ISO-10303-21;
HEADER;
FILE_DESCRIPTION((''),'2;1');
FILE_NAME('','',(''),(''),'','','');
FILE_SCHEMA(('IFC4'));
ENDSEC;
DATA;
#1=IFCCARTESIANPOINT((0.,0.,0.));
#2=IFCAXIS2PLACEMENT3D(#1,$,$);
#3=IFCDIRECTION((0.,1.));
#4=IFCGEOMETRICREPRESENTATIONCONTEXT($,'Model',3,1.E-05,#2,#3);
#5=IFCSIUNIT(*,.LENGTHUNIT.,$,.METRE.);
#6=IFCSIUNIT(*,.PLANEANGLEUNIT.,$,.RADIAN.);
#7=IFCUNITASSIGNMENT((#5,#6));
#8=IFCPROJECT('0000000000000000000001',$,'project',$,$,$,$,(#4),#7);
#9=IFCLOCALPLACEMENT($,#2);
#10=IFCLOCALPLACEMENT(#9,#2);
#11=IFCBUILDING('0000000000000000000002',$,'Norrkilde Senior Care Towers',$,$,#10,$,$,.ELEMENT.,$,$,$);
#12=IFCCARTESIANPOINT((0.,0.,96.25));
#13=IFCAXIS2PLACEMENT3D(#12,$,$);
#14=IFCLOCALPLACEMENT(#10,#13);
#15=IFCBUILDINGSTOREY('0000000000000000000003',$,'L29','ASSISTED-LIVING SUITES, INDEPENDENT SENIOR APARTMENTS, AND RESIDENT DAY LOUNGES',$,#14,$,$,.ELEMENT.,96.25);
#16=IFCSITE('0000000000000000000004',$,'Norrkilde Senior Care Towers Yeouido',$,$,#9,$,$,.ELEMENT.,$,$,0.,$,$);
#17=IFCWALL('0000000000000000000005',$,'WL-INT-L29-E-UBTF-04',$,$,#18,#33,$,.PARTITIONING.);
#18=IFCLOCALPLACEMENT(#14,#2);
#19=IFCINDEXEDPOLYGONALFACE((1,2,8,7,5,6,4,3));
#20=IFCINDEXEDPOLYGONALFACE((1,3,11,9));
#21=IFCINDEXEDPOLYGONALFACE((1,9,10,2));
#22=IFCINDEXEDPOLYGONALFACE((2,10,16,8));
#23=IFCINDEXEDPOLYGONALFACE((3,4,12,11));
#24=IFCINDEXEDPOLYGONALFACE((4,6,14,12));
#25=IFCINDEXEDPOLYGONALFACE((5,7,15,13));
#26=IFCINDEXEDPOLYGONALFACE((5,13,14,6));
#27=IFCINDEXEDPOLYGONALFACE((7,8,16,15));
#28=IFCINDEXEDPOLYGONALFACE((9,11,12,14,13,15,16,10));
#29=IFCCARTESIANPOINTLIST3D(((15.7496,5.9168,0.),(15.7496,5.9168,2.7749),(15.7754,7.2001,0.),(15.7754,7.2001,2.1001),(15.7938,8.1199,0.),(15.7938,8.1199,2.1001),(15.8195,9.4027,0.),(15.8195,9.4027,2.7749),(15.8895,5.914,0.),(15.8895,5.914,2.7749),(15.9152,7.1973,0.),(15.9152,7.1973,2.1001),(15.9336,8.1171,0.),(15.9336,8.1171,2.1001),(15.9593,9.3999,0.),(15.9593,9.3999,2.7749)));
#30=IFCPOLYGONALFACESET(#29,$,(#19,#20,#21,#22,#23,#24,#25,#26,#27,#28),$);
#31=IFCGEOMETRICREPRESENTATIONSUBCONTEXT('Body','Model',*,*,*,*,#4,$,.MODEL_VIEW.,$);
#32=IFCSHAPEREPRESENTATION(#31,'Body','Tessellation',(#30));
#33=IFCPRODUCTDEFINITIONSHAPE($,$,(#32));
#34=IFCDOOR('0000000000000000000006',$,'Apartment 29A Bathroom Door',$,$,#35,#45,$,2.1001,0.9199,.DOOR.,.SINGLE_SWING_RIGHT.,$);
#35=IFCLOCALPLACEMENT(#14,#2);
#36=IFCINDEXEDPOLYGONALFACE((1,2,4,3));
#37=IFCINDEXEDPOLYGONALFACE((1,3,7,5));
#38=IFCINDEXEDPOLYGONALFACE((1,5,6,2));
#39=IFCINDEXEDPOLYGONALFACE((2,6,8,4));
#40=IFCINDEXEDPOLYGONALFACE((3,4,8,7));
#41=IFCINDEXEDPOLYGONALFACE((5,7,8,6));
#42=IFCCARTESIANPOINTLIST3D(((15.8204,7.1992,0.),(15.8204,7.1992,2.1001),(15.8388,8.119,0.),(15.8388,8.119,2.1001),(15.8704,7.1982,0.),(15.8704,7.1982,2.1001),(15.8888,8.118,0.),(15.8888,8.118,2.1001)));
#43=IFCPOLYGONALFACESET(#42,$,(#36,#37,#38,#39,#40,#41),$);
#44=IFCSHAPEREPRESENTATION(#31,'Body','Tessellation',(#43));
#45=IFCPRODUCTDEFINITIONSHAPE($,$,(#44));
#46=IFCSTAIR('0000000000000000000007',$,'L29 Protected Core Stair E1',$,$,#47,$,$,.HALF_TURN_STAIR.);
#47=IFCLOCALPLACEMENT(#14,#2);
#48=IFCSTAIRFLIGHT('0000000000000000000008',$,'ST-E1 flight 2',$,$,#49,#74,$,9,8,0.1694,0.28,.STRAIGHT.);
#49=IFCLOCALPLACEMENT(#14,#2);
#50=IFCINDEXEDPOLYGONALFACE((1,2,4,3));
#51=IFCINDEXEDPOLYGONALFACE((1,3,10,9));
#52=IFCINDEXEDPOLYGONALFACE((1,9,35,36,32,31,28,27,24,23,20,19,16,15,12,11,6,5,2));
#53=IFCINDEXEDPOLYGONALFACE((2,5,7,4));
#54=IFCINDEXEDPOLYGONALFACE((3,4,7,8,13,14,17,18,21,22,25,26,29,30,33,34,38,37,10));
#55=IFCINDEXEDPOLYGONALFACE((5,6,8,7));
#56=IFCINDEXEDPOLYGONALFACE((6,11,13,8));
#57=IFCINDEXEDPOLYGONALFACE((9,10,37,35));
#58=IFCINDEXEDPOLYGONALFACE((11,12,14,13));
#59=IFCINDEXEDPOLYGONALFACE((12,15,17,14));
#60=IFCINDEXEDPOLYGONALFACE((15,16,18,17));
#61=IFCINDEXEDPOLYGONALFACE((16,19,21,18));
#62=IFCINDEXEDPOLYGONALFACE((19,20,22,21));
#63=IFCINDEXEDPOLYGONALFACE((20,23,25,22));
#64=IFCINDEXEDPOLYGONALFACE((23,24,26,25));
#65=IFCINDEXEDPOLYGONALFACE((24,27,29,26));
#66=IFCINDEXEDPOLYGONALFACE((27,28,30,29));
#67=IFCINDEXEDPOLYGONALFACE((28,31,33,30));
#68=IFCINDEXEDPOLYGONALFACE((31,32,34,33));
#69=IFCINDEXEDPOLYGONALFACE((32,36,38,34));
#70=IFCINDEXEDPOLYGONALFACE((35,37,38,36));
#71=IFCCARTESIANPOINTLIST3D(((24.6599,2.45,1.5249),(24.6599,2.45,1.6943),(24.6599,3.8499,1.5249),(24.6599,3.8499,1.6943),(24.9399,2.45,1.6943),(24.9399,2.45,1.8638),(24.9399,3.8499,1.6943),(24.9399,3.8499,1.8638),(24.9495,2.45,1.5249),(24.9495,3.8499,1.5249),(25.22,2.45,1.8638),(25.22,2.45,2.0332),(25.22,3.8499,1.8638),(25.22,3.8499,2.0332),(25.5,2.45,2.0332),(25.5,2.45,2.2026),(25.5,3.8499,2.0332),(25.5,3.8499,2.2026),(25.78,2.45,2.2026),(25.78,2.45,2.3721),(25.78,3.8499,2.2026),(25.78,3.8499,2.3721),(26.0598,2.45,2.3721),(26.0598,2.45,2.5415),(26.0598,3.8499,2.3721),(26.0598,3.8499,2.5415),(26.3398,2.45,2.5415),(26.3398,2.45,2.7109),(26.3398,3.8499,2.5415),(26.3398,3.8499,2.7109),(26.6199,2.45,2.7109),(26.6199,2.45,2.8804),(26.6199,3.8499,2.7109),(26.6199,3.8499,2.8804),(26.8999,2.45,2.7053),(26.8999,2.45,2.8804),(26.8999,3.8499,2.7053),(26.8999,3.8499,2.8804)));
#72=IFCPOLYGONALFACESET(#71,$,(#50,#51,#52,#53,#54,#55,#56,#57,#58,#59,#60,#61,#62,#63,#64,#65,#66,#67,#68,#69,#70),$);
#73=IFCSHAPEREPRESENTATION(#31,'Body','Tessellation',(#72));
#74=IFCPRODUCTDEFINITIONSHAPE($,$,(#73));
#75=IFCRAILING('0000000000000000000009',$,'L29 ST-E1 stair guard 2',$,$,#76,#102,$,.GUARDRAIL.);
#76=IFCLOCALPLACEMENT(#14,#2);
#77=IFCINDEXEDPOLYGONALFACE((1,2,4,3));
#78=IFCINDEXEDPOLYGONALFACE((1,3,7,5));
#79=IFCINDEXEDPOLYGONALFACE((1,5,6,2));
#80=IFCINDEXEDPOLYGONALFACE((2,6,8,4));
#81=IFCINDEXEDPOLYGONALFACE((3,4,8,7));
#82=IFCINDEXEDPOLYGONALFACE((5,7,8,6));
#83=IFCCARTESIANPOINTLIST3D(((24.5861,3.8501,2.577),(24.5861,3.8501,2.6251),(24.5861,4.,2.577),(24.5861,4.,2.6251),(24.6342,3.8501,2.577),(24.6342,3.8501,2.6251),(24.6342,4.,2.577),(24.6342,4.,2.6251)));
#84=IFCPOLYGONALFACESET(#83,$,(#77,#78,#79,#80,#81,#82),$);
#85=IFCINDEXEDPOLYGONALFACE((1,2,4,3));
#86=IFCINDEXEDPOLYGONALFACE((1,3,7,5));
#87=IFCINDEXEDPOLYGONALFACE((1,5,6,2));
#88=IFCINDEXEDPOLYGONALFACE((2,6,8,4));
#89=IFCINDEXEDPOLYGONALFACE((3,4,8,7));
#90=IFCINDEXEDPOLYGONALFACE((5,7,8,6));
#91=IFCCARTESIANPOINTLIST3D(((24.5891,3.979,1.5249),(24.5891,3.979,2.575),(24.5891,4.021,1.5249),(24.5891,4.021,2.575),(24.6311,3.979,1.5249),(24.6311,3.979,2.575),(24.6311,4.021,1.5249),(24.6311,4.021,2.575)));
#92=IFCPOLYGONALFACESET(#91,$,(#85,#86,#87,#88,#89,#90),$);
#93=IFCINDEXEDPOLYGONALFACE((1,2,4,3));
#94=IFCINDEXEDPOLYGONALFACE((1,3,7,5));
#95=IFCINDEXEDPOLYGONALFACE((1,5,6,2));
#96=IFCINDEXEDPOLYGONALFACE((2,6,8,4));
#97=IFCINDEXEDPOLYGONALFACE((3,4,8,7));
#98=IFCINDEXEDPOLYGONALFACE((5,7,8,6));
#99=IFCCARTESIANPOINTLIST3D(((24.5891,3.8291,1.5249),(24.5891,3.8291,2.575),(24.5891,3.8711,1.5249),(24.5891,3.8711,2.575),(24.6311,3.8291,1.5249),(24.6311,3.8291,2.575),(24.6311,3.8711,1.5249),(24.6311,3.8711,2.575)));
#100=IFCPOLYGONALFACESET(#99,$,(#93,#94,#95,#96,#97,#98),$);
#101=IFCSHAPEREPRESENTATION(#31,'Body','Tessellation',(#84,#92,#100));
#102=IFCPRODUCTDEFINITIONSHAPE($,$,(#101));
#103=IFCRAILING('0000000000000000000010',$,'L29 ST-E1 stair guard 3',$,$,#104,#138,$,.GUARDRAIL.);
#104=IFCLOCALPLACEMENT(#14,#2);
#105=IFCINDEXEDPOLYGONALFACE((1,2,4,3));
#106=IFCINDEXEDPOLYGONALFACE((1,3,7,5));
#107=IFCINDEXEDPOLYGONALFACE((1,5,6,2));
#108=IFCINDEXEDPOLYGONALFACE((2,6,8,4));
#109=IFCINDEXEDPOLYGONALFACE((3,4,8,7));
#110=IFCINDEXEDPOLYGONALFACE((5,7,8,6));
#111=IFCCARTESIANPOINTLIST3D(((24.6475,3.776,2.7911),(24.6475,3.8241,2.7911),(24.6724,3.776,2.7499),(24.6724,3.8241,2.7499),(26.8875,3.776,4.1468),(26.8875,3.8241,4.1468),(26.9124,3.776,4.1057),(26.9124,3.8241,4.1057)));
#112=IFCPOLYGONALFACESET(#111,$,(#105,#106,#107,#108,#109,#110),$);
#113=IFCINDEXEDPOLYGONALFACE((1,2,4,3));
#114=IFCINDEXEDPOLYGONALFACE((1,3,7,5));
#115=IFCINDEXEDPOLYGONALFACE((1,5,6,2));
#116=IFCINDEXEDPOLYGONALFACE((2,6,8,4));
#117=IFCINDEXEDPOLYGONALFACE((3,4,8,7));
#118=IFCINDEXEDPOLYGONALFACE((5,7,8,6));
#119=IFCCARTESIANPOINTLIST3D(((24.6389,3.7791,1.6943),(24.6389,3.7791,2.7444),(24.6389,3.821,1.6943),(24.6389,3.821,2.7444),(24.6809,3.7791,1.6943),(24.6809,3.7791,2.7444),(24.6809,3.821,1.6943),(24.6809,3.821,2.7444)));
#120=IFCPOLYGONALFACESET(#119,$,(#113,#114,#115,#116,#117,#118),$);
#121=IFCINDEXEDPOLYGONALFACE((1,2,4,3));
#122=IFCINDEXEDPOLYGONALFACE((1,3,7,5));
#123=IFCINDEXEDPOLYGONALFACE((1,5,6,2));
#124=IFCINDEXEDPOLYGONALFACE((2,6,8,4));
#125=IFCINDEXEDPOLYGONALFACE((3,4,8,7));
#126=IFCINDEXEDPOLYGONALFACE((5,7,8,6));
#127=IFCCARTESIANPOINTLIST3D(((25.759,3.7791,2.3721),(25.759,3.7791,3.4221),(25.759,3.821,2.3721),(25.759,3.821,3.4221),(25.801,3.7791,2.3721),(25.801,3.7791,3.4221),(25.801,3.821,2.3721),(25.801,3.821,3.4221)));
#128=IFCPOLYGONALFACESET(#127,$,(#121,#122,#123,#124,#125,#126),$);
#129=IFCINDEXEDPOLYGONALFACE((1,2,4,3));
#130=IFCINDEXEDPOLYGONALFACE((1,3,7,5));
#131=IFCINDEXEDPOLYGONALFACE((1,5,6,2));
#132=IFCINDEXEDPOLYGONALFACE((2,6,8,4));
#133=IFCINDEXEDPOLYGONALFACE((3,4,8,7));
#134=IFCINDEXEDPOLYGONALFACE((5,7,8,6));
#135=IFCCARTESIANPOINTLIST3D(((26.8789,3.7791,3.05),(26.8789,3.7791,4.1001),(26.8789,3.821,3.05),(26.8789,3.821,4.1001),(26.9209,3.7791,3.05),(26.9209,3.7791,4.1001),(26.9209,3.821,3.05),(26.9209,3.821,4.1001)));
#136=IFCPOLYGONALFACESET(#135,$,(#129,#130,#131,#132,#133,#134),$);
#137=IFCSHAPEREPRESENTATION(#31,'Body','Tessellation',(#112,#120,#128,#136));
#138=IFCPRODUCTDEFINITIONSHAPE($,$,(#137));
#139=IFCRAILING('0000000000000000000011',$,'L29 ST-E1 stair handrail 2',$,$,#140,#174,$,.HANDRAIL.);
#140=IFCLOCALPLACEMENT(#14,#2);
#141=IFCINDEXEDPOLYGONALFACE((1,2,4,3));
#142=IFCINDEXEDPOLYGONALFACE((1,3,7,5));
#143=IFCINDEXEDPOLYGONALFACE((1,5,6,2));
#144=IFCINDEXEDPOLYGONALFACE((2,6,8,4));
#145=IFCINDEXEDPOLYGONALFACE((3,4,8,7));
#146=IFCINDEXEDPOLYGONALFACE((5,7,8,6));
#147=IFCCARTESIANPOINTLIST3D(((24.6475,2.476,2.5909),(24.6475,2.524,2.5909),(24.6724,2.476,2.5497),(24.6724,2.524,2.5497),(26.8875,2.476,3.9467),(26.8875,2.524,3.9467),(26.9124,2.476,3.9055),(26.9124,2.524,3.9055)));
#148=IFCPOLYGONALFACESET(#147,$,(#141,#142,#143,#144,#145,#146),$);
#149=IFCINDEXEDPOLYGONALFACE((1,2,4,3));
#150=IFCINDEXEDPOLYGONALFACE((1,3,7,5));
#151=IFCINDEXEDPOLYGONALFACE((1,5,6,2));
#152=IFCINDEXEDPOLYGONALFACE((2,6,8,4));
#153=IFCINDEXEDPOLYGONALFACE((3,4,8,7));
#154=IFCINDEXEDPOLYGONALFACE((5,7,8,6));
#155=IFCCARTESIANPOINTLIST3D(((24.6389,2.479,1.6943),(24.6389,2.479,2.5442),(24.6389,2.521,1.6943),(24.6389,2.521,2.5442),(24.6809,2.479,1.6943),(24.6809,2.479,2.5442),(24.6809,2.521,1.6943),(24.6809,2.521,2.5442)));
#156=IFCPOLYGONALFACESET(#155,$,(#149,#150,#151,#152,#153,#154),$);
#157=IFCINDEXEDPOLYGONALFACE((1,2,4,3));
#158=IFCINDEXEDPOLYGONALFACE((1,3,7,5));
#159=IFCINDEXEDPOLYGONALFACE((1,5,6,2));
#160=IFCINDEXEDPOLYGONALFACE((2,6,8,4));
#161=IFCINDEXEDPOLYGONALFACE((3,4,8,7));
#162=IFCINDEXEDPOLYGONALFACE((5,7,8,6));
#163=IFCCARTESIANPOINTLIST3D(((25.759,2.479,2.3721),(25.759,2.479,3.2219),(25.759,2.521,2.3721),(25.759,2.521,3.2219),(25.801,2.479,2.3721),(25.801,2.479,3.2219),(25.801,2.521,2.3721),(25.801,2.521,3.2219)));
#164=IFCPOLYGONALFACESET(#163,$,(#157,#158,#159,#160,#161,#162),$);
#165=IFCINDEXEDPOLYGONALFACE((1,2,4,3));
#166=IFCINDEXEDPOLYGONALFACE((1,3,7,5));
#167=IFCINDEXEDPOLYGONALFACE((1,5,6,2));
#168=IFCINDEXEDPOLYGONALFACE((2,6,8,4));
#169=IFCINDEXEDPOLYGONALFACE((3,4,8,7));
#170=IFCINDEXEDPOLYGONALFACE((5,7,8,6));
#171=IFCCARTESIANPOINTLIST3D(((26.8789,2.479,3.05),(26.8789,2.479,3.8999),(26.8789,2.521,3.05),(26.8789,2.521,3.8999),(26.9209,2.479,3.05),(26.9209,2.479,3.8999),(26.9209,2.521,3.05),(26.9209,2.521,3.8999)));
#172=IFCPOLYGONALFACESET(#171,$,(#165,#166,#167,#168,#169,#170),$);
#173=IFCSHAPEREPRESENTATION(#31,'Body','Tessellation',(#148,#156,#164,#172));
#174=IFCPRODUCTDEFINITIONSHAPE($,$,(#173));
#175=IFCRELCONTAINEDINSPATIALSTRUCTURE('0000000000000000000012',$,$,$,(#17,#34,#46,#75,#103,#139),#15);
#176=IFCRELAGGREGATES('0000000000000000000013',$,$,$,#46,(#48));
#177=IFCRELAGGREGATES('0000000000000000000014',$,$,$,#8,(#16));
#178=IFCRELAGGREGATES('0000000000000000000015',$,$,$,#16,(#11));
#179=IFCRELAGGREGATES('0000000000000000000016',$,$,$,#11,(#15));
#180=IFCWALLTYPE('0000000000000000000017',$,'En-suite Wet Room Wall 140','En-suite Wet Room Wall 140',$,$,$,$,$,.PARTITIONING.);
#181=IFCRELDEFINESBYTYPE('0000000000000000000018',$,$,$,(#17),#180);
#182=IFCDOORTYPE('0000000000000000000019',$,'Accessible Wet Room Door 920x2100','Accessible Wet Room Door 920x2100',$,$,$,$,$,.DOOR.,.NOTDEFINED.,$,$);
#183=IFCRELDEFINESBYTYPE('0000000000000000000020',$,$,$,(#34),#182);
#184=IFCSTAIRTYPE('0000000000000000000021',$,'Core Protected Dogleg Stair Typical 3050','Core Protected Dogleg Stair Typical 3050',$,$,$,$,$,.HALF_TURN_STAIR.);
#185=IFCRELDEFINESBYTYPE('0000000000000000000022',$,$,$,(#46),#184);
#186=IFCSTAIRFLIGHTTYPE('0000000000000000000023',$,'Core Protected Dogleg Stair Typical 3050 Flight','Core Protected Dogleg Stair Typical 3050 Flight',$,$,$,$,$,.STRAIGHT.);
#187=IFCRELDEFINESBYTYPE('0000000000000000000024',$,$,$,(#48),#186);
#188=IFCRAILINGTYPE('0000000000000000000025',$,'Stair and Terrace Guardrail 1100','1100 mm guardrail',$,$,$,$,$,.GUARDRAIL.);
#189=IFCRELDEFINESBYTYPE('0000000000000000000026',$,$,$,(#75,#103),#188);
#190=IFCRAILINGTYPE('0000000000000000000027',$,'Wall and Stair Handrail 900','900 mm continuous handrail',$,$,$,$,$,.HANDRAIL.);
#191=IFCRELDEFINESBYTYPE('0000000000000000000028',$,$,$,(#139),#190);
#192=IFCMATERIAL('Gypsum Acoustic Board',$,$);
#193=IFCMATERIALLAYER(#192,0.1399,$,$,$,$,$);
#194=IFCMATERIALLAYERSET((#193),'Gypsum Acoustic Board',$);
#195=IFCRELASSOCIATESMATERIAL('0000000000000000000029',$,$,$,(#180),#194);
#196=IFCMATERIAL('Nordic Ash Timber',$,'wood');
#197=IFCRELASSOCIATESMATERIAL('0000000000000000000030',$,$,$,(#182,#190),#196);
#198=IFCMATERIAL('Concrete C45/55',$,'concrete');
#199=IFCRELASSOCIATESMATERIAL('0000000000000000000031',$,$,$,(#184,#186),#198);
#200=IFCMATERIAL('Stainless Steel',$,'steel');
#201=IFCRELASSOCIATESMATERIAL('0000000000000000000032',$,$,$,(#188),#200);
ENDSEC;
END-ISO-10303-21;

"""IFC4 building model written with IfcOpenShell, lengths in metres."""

from ifc_helpers import new_model, si_unit, direction, frame, frame_2d, origin, origin_2d, place, context, subcontext, project, spatial, polyline, rectangle, outline, extrude, source, transform, mapped, material, layer, layer_set, type_object, type_shapes, element, fill, aggregate, save


model = new_model("IFC4")

# Units and contexts
model_context = context("Model", 3, precision=1e-05, world=origin(), true_north=direction((0.0, 1.0)))
body_context = subcontext(model_context, "Body", "Model", "MODEL_VIEW")
ifc_project = project(units=[si_unit("LENGTHUNIT", "METRE"), si_unit("PLANEANGLEUNIT", "RADIAN")], contexts=[model_context])

# Site, building, storey
site_placement = place(None, origin())
site = spatial("IfcSite", under=ifc_project, at=site_placement, Name="Norrkilde Senior Care Towers Yeouido", CompositionType="ELEMENT", RefElevation=0.0)
building_placement = place(site_placement, origin())
building = spatial("IfcBuilding", under=site, at=building_placement, Name="Norrkilde Senior Care Towers", CompositionType="ELEMENT")
storey_placement = place(building_placement, frame((0.0, 0.0, 96.25)))
storey = spatial("IfcBuildingStorey", under=building, at=storey_placement, Name="L29", Description="ASSISTED-LIVING SUITES, INDEPENDENT SENIOR APARTMENTS, AND RESIDENT DAY LOUNGES", CompositionType="ELEMENT", Elevation=96.25)

# Shared definitions
ifc_material_1 = material(Name="Concrete C45/55", Category="concrete")

# Shared definitions
ifc_material_2 = material(Name="Gypsum Acoustic Board")
ifc_material_3 = material(Name="Nordic Ash Timber", Category="wood")

# Shared definitions
ifc_layer_1 = layer(ifc_material_2, 0.1399)
ifc_layer_set_1 = layer_set([ifc_layer_1], Name="Gypsum Acoustic Board")
wall_type_1 = type_object("IfcWallType", Name="En-suite Wet Room Wall 140", Description="En-suite Wet Room Wall 140", PredefinedType="PARTITIONING", material=ifc_layer_set_1)

# Wall, opening, door
shared_shape_1 = source(origin(), body_context, "Body", "SweptSolid", [
    extrude(rectangle(XDim=3.4866, YDim=0.1399, at=frame_2d((1.7432, 0.0))), origin(), (0.0, 0.0, 1.0), 2.7749),
])
wall_1_placement = place(storey_placement, frame((15.8196, 5.9155, 0.0), z_axis=(0.0, 0.0, 1.0), x_axis=(0.020027, 0.999799, 0.0)))
wall_1 = element("IfcWall", 1, at=wall_1_placement, inside=storey, type_object=wall_type_1, Name="WL-INT-L29-E-UBTF-04", PredefinedType="PARTITIONING", context=body_context, shape_type="MappedRepresentation", body=[
    mapped(shared_shape_1, transform((0.0, 0.0, 0.0), x_axis=(1.0, 0.0, 0.0), y_axis=(0.0, 1.0, 0.0), z_axis=(0.0, 0.0, 1.0), scale=1.0)),
])
opening_1_placement = place(wall_1_placement, frame((1.2834, 0.0, 0.0)))
opening_1 = element("IfcOpeningElement", 2, at=opening_1_placement, cuts=wall_1, PredefinedType="OPENING", context=body_context, shape_type="SweptSolid", body=[
    extrude(rectangle(XDim=0.9199, YDim=2.1001, at=frame_2d((0.46, 1.05))), frame((0.0, 0.0798, 0.0), z_axis=(0.0, -1.0, 0.0), x_axis=(1.0, 0.0, 0.0)), (0.0, 0.0, 1.0), 0.1599),
])
door_type_1 = type_object("IfcDoorType", Name="Accessible Wet Room Door 920x2100", Description="Accessible Wet Room Door 920x2100", OperationType="NOTDEFINED", PredefinedType="DOOR", material=ifc_material_3)
shared_shape_2 = source(origin(), body_context, "Body", "SweptSolid", [
    extrude(rectangle(XDim=0.9199, YDim=2.1001, at=frame_2d((0.46, 1.05))), frame((0.0, 0.0249, 0.0), z_axis=(0.0, -1.0, 0.0), x_axis=(1.0, 0.0, 0.0)), (0.0, 0.0, 1.0), 0.05),
])
type_shapes(door_type_1, [shared_shape_2])
door_1_placement = place(opening_1_placement, origin())
door_1 = element("IfcDoor", 3, at=door_1_placement, inside=storey, type_object=door_type_1, Name="Apartment 29A Bathroom Door", OperationType="SINGLE_SWING_RIGHT", OverallHeight=2.1001, OverallWidth=0.9199, PredefinedType="DOOR", context=body_context, shape_type="MappedRepresentation", body=[
    mapped(shared_shape_2, transform((0.0, 0.0, 0.0), x_axis=(1.0, 0.0, 0.0), y_axis=(0.0, 1.0, 0.0), z_axis=(0.0, 0.0, 1.0), scale=1.0)),
])
fill(opening_1, door_1)

# Stair, stair flight
stair_type = type_object("IfcStairType", Name="Core Protected Dogleg Stair Typical 3050", Description="Core Protected Dogleg Stair Typical 3050", PredefinedType="HALF_TURN_STAIR", material=ifc_material_1)
stair_placement = place(storey_placement, origin())
stair = element("IfcStair", 4, at=stair_placement, inside=storey, type_object=stair_type, Name="L29 Protected Core Stair E1", PredefinedType="HALF_TURN_STAIR")
stair_flight_type = type_object("IfcStairFlightType", Name="Core Protected Dogleg Stair Typical 3050 Flight", Description="Core Protected Dogleg Stair Typical 3050 Flight", PredefinedType="STRAIGHT", material=ifc_material_1)
stair_flight_placement = place(storey_placement, frame((24.6599, 3.1499, 1.5249), z_axis=(0.0, 0.0, 1.0), x_axis=(1.0, 0.0, 0.0)))
stair_flight = element("IfcStairFlight", 5, at=stair_flight_placement, type_object=stair_flight_type, Name="ST-E1 flight 2", NumberOfRisers=9, NumberOfTreads=8, PredefinedType="STRAIGHT", RiserHeight=0.1694, TreadLength=0.28, context=body_context, shape_type="SweptSolid", body=[
    extrude(outline(polyline([(0.0, 0.0), (0.0, 0.1694), (0.28, 0.1694), (0.28, 0.3389), (0.5601, 0.3389), (0.5601, 0.5083), (0.8401, 0.5083), (0.8401, 0.6777), (1.1201, 0.6777), (1.1201, 0.8472), (1.3999, 0.8472), (1.3999, 1.0166), (1.6799, 1.0166), (1.6799, 1.186), (1.96, 1.186), (1.96, 1.3555), (2.24, 1.3555), (2.24, 1.5249), (2.24, 1.1804), (0.2896, 0.0), (0.0, 0.0)])), frame((0.0, 0.7, 0.0), z_axis=(0.0, -1.0, 0.0), x_axis=(1.0, 0.0, 0.0)), (0.0, 0.0, 1.0), 1.3999),
])
aggregate(stair, [stair_flight])

# Railings
ifc_material_4 = material(Name="Stainless Steel", Category="steel")
railing_type_1 = type_object("IfcRailingType", Name="Stair and Terrace Guardrail 1100", Description="1100 mm guardrail", PredefinedType="GUARDRAIL", material=ifc_material_4)
railing_1_placement = place(storey_placement, frame((24.6101, 4.0, 1.5249)))
element("IfcRailing", 6, at=railing_1_placement, inside=storey, type_object=railing_type_1, Name="L29 ST-E1 stair guard 2", PredefinedType="GUARDRAIL", context=body_context, shape_type="SweptSolid", body=[
    extrude(rectangle(XDim=0.0481, YDim=0.0481, at=origin_2d()), frame((0.0, 0.0, 1.0762), z_axis=(0.0, -1.0, 0.0), x_axis=(1.0, 0.0, 0.0)), (0.0, 0.0, 1.0), 0.1499),
    extrude(rectangle(XDim=0.042, YDim=0.042, at=origin_2d()), origin(), (0.0, 0.0, 1.0), 1.05),
    extrude(rectangle(XDim=0.042, YDim=0.042, at=origin_2d()), frame((0.0, -0.1499, 0.0)), (0.0, 0.0, 1.0), 1.05),
])
railing_2_placement = place(storey_placement, frame((24.6599, 3.8, 1.6943)))
element("IfcRailing", 7, at=railing_2_placement, inside=storey, type_object=railing_type_1, Name="L29 ST-E1 stair guard 3", PredefinedType="GUARDRAIL", context=body_context, shape_type="SweptSolid", body=[
    extrude(rectangle(XDim=0.0481, YDim=0.0481, at=origin_2d()), frame((0.0, 0.0, 1.0762), z_axis=(0.855512, 0.0, 0.517783), x_axis=(0.0, 1.0, 0.0)), (0.0, 0.0, 1.0), 2.6184),
    extrude(rectangle(XDim=0.042, YDim=0.042, at=origin_2d()), origin(), (0.0, 0.0, 1.0), 1.05),
    extrude(rectangle(XDim=0.042, YDim=0.042, at=origin_2d()), frame((1.1201, 0.0, 0.6777)), (0.0, 0.0, 1.0), 1.05),
    extrude(rectangle(XDim=0.042, YDim=0.042, at=origin_2d()), frame((2.24, 0.0, 1.3557)), (0.0, 0.0, 1.0), 1.05),
])
railing_type_2 = type_object("IfcRailingType", Name="Wall and Stair Handrail 900", Description="900 mm continuous handrail", PredefinedType="HANDRAIL", material=ifc_material_3)
railing_3_placement = place(storey_placement, frame((24.6599, 2.5, 1.6943)))
element("IfcRailing", 8, at=railing_3_placement, inside=storey, type_object=railing_type_2, Name="L29 ST-E1 stair handrail 2", PredefinedType="HANDRAIL", context=body_context, shape_type="SweptSolid", body=[
    extrude(rectangle(XDim=0.0481, YDim=0.0481, at=origin_2d()), frame((0.0, 0.0, 0.876), z_axis=(0.855512, 0.0, 0.517783), x_axis=(0.0, 1.0, 0.0)), (0.0, 0.0, 1.0), 2.6184),
    extrude(rectangle(XDim=0.042, YDim=0.042, at=origin_2d()), origin(), (0.0, 0.0, 1.0), 0.8499),
    extrude(rectangle(XDim=0.042, YDim=0.042, at=origin_2d()), frame((1.1201, 0.0, 0.6777)), (0.0, 0.0, 1.0), 0.8499),
    extrude(rectangle(XDim=0.042, YDim=0.042, at=origin_2d()), frame((2.24, 0.0, 1.3557)), (0.0, 0.0, 1.0), 0.8499),
])

save(model, "model.ifc")
